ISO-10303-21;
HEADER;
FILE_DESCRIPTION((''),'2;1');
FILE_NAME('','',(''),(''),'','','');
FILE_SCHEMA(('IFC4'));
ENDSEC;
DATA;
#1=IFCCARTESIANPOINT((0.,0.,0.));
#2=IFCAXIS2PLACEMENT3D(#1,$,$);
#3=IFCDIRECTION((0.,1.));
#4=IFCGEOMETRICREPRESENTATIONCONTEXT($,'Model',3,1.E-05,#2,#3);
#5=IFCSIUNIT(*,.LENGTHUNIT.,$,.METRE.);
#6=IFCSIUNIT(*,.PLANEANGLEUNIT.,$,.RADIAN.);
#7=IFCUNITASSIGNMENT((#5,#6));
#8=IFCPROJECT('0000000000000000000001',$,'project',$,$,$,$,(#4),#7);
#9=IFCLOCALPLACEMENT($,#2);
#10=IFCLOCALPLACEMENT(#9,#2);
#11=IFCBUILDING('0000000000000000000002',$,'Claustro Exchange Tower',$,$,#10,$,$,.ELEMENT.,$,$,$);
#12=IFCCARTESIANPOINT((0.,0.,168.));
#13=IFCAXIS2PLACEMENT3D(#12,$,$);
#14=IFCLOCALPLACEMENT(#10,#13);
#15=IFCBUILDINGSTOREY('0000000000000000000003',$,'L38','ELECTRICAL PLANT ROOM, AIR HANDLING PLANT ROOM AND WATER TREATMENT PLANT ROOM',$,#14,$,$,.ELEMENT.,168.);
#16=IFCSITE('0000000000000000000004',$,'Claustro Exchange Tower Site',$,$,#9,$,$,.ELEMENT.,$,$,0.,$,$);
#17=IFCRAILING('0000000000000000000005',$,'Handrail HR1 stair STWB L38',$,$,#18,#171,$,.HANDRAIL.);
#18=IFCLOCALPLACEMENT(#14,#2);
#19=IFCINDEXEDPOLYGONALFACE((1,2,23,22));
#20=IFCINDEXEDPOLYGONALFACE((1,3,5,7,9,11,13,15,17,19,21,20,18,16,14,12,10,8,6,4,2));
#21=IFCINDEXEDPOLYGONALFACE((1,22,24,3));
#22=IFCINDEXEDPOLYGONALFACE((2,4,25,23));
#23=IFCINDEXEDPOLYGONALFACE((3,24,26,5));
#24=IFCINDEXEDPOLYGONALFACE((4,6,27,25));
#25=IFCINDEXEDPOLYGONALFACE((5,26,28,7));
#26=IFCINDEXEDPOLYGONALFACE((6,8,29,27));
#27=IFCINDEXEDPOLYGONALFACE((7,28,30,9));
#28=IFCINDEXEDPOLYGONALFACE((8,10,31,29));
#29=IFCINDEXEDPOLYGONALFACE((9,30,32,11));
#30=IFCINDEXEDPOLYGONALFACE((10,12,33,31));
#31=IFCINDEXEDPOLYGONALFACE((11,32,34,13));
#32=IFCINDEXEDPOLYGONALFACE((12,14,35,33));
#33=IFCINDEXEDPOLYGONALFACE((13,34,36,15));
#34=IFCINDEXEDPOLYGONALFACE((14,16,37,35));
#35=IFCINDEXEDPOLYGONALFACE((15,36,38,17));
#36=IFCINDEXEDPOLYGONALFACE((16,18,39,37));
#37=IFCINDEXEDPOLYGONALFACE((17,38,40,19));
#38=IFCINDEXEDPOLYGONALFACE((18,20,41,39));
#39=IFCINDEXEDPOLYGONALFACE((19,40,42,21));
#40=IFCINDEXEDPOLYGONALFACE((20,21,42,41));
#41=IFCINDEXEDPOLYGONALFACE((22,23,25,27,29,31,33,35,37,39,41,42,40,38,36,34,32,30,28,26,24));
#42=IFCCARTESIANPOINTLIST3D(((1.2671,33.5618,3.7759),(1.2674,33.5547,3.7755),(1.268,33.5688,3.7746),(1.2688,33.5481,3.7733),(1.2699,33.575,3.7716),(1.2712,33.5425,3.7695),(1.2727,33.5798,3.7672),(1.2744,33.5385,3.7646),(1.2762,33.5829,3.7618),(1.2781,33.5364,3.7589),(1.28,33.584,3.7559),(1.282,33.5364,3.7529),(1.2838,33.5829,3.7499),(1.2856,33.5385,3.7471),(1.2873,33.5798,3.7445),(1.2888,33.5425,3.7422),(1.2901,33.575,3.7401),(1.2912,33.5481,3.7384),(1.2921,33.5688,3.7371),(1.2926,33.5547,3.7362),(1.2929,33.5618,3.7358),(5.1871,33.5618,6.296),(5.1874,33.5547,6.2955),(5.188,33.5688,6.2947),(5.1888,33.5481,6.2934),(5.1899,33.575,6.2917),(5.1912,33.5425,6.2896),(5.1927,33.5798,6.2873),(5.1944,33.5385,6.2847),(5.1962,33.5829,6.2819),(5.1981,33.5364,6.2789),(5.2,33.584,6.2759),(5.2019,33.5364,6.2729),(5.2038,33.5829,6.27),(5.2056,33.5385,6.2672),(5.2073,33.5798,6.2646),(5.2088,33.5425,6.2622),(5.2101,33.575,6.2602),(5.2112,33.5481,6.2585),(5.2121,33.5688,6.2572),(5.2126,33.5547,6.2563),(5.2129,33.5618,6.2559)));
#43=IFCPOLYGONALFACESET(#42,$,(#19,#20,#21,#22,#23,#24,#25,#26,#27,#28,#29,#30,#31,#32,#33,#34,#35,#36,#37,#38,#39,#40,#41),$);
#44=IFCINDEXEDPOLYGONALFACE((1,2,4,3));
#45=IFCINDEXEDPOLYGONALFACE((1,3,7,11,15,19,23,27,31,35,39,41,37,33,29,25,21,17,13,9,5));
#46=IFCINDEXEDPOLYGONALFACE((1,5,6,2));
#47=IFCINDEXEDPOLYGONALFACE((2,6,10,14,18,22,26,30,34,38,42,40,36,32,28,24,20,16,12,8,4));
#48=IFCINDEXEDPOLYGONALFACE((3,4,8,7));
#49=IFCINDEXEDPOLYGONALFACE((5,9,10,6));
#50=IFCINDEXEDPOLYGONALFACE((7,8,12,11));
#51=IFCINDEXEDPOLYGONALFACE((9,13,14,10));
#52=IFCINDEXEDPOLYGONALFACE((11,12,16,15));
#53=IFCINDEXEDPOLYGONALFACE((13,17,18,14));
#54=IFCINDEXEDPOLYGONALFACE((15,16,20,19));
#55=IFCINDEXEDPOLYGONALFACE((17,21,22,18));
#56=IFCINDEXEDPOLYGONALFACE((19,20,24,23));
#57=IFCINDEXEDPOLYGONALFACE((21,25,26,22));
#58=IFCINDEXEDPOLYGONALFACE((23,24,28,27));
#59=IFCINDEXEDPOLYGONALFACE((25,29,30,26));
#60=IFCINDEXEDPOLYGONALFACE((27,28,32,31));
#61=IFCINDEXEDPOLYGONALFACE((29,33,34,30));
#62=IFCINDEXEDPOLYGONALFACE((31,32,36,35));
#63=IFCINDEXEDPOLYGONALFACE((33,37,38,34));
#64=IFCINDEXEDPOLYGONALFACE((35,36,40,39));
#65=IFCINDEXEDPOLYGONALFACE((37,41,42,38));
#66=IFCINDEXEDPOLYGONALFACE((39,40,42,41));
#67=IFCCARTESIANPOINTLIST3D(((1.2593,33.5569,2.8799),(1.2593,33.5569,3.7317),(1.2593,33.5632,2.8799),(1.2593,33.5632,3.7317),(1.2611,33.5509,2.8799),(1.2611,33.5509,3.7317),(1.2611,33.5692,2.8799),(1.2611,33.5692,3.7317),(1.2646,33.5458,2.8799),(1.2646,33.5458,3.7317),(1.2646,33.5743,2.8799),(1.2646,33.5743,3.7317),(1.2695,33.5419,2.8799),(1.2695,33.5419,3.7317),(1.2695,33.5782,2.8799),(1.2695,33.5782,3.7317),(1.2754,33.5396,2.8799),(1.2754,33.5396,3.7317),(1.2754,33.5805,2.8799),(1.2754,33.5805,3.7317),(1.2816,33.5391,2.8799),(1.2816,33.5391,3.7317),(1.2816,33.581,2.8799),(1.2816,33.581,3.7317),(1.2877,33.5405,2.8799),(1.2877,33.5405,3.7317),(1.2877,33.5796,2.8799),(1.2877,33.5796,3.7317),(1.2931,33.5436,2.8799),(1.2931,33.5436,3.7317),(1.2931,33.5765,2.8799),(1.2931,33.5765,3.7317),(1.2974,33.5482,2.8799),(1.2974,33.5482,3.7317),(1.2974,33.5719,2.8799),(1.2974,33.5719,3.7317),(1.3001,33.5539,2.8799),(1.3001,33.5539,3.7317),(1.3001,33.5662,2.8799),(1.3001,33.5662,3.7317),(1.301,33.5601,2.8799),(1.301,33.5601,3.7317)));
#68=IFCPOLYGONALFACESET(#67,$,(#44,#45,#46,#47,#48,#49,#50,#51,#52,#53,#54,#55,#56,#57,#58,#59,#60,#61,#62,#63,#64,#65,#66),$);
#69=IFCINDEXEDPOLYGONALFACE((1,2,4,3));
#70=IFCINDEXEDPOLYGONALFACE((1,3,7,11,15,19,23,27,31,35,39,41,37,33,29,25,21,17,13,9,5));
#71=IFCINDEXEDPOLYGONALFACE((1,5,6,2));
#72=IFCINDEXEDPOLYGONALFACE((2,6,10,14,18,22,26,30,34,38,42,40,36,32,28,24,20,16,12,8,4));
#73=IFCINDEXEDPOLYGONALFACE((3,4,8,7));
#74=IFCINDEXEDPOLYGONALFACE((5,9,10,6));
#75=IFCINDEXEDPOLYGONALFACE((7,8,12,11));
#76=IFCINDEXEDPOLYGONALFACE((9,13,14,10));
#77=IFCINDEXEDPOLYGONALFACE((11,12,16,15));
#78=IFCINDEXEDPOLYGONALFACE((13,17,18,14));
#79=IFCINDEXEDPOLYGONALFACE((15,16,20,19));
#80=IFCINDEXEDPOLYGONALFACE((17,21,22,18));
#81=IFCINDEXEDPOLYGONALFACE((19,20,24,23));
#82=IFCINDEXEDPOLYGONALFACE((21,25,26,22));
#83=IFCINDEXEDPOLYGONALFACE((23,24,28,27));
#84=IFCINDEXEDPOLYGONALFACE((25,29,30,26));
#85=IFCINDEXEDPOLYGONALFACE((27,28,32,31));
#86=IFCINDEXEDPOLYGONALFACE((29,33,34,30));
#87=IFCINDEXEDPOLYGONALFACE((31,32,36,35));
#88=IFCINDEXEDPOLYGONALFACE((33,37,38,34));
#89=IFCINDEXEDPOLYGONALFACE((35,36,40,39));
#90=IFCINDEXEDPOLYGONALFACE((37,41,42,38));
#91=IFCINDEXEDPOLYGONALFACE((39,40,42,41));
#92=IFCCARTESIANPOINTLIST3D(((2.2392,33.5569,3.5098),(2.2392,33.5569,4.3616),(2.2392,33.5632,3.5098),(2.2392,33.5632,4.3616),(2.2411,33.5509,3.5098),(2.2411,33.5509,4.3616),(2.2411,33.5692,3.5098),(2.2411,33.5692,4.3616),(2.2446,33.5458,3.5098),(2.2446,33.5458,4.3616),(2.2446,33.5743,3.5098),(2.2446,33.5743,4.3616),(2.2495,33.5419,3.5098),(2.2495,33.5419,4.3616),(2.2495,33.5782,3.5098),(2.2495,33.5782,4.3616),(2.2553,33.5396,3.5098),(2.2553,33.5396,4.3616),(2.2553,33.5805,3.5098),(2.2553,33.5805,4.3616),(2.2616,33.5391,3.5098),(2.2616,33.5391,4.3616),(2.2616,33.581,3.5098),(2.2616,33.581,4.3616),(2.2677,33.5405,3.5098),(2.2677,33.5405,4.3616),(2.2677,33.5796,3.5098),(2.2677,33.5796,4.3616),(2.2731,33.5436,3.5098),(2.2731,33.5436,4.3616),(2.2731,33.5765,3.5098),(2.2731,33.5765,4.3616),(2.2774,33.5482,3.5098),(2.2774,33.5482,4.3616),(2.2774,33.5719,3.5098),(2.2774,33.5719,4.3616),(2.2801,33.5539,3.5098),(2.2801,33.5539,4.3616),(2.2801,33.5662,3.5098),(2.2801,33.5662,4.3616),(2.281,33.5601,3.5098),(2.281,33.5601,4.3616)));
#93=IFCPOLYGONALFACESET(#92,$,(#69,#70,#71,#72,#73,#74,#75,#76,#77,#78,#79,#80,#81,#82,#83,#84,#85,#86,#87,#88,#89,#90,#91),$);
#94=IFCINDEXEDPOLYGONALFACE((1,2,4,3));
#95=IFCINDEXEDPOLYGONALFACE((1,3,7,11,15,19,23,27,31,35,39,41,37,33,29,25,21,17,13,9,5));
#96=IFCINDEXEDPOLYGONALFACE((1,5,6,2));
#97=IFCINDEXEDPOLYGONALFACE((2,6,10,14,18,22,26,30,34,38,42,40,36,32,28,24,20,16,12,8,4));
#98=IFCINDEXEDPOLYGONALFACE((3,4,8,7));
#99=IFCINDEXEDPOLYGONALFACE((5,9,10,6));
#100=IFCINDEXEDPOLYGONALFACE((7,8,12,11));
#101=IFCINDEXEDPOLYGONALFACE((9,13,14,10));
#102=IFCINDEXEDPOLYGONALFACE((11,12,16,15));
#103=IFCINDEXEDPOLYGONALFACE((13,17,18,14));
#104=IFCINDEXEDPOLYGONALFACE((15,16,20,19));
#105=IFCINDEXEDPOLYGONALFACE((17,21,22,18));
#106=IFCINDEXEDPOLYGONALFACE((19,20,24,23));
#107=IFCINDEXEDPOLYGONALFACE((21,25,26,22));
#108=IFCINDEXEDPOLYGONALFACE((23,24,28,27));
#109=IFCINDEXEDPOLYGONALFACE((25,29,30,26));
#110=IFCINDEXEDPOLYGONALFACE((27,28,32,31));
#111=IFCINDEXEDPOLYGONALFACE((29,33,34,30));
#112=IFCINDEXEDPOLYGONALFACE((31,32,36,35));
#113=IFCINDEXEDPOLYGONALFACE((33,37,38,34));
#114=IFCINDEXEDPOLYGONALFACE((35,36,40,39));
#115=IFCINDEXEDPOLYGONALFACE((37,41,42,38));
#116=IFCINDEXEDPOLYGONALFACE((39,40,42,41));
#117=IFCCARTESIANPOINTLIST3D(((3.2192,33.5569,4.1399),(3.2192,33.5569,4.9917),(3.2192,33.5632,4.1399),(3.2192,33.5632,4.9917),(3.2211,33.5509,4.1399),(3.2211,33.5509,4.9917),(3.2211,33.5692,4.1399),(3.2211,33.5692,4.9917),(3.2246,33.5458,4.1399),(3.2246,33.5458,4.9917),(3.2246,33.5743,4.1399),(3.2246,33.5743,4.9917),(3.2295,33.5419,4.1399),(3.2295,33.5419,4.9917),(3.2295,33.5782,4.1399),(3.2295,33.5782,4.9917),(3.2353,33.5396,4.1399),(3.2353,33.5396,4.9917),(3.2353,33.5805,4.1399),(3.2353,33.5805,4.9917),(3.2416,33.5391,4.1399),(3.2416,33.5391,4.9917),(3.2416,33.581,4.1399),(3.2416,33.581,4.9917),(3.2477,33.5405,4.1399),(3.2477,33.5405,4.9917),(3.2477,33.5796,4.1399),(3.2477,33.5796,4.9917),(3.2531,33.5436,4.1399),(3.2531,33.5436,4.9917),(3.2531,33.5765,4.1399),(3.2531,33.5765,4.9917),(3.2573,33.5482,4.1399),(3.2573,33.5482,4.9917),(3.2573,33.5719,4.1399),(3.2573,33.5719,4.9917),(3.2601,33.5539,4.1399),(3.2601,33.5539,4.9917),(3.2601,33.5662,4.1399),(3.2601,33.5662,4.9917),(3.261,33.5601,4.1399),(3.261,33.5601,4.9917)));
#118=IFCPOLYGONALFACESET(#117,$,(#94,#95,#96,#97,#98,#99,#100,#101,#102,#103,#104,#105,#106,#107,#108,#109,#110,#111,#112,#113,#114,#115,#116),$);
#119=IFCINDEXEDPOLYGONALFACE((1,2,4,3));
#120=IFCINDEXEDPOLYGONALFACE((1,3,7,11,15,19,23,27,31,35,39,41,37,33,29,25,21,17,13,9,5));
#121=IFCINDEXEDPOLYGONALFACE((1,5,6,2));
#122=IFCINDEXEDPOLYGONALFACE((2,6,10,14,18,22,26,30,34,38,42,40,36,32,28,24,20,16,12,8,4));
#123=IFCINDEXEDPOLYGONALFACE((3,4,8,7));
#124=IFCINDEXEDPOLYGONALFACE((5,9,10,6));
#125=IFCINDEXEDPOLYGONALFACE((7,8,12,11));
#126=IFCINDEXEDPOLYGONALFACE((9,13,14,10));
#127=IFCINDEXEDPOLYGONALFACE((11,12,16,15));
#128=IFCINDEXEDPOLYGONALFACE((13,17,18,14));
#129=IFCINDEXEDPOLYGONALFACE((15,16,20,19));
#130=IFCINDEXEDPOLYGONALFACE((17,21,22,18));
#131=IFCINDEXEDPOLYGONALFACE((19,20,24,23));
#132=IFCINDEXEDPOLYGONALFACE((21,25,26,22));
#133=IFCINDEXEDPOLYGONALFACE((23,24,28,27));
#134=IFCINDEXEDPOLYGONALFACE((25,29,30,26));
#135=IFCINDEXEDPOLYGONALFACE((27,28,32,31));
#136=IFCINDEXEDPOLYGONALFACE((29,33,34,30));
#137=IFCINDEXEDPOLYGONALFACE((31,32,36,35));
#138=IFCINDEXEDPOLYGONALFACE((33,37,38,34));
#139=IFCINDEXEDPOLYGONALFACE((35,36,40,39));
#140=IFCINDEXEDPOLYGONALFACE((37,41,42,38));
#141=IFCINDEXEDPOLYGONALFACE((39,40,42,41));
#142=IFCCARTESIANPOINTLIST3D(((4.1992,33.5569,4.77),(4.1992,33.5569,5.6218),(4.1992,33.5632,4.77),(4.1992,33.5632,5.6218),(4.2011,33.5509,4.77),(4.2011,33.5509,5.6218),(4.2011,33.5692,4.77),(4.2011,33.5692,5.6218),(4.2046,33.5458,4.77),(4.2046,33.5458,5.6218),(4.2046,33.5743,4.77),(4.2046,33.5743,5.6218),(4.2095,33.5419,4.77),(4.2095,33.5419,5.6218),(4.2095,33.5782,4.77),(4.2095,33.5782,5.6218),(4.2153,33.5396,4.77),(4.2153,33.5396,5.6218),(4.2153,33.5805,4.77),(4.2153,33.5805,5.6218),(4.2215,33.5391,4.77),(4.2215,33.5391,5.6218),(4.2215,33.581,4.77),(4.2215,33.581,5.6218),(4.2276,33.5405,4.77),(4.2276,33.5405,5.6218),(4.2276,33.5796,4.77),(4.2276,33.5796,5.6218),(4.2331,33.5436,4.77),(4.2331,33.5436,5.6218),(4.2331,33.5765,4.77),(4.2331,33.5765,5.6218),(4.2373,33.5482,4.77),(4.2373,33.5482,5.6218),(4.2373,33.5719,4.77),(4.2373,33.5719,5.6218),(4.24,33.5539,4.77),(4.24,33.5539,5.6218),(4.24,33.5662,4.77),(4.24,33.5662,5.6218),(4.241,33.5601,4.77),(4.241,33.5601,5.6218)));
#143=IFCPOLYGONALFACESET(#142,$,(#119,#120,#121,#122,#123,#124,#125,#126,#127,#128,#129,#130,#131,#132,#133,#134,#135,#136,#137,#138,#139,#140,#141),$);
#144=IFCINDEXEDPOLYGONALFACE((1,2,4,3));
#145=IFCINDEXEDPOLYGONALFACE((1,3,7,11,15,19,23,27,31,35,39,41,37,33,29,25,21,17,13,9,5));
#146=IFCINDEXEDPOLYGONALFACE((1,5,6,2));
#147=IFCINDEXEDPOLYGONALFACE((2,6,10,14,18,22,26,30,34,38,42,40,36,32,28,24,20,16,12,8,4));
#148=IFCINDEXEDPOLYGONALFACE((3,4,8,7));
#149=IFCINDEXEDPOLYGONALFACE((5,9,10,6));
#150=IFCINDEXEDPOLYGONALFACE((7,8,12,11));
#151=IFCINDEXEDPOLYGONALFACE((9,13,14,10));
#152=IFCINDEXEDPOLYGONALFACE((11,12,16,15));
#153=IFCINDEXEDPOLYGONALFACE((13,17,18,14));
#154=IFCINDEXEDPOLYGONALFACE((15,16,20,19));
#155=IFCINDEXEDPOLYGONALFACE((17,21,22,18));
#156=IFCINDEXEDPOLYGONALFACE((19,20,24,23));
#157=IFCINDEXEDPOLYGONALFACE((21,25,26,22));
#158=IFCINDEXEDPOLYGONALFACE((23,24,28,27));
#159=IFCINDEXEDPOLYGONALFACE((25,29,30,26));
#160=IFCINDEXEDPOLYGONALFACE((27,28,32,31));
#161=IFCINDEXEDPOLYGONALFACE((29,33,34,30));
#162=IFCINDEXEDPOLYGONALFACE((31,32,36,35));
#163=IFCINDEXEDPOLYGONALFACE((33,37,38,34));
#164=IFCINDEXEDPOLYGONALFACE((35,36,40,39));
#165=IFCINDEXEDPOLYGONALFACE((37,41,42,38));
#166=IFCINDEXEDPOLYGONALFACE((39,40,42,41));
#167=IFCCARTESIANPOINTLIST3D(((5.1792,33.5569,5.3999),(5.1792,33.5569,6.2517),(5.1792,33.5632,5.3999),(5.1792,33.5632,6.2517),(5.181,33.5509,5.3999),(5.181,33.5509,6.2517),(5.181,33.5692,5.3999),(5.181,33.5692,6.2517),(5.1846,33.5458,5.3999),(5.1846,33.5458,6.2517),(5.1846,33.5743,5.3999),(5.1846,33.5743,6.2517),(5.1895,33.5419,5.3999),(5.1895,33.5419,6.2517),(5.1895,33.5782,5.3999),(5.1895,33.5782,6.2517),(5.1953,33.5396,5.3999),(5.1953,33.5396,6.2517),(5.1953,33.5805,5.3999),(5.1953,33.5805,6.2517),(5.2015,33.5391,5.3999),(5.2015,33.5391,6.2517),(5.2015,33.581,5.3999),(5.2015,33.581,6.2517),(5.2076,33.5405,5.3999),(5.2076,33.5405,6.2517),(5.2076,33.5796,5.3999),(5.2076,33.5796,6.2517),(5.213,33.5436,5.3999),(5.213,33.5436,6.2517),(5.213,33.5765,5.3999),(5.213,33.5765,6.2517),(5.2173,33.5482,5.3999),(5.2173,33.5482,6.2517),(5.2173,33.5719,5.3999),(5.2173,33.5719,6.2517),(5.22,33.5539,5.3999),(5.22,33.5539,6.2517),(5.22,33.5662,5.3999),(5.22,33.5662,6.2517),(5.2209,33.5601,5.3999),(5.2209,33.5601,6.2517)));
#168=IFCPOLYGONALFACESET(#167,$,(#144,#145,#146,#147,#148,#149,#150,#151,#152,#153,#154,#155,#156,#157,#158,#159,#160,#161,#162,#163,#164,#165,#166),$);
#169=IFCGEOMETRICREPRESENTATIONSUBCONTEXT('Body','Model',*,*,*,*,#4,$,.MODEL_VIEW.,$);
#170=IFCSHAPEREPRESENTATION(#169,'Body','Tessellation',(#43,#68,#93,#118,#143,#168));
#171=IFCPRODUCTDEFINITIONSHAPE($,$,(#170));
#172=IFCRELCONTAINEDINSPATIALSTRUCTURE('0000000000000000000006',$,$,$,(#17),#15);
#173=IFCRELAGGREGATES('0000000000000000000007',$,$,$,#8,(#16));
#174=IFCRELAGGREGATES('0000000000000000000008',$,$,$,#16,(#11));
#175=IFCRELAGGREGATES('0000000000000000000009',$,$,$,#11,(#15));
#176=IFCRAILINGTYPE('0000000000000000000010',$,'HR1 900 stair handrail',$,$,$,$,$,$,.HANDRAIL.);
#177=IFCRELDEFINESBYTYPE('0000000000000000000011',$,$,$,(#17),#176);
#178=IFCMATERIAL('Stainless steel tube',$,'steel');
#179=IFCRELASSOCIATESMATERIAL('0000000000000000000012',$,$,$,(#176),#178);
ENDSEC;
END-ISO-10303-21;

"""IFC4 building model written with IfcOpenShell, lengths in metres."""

from ifc_helpers import new_model, si_unit, direction, frame, origin, origin_2d, place, context, subcontext, project, spatial, circle, extrude, material, type_object, element, save


model = new_model("IFC4")

# Units and contexts
model_context = context("Model", 3, precision=1e-05, world=origin(), true_north=direction((0.0, 1.0)))
body_context = subcontext(model_context, "Body", "Model", "MODEL_VIEW")
ifc_project = project(units=[si_unit("LENGTHUNIT", "METRE"), si_unit("PLANEANGLEUNIT", "RADIAN")], contexts=[model_context])

# Site, building, storey
site_placement = place(None, origin())
site = spatial("IfcSite", under=ifc_project, at=site_placement, Name="Claustro Exchange Tower Site", CompositionType="ELEMENT", RefElevation=0.0)
building_placement = place(site_placement, origin())
building = spatial("IfcBuilding", under=site, at=building_placement, Name="Claustro Exchange Tower", CompositionType="ELEMENT")
storey_placement = place(building_placement, frame((0.0, 0.0, 168.0)))
storey = spatial("IfcBuildingStorey", under=building, at=storey_placement, Name="L38", Description="ELECTRICAL PLANT ROOM, AIR HANDLING PLANT ROOM AND WATER TREATMENT PLANT ROOM", CompositionType="ELEMENT", Elevation=168.0)

# Railing
ifc_material_1 = material(Name="Stainless steel tube", Category="steel")
railing_type_1 = type_object("IfcRailingType", Name="HR1 900 stair handrail", PredefinedType="HANDRAIL", material=ifc_material_1)
railing_1_placement = place(storey_placement, frame((1.28, 33.5601, 2.8799)))
element("IfcRailing", 1, at=railing_1_placement, inside=storey, type_object=railing_type_1, Name="Handrail HR1 stair STWB L38", PredefinedType="HANDRAIL", context=body_context, shape_type="SweptSolid", body=[
    extrude(circle(Radius=0.0239, at=origin_2d()), frame((0.0, 0.0, 0.876), z_axis=(0.841172, 0.0, 0.540768), x_axis=(0.0, 1.0, 0.0)), (0.0, 0.0, 1.0), 4.6602),
    extrude(circle(Radius=0.021, at=origin_2d()), origin(), (0.0, 0.0, 1.0), 0.8518),
    extrude(circle(Radius=0.021, at=origin_2d()), frame((0.98, 0.0, 0.6299)), (0.0, 0.0, 1.0), 0.8518),
    extrude(circle(Radius=0.021, at=origin_2d()), frame((1.96, 0.0, 1.26)), (0.0, 0.0, 1.0), 0.8518),
    extrude(circle(Radius=0.021, at=origin_2d()), frame((2.9399, 0.0, 1.8901)), (0.0, 0.0, 1.0), 0.8518),
    extrude(circle(Radius=0.021, at=origin_2d()), frame((3.9199, 0.0, 2.52)), (0.0, 0.0, 1.0), 0.8518),
])

save(model, "model.ifc")
